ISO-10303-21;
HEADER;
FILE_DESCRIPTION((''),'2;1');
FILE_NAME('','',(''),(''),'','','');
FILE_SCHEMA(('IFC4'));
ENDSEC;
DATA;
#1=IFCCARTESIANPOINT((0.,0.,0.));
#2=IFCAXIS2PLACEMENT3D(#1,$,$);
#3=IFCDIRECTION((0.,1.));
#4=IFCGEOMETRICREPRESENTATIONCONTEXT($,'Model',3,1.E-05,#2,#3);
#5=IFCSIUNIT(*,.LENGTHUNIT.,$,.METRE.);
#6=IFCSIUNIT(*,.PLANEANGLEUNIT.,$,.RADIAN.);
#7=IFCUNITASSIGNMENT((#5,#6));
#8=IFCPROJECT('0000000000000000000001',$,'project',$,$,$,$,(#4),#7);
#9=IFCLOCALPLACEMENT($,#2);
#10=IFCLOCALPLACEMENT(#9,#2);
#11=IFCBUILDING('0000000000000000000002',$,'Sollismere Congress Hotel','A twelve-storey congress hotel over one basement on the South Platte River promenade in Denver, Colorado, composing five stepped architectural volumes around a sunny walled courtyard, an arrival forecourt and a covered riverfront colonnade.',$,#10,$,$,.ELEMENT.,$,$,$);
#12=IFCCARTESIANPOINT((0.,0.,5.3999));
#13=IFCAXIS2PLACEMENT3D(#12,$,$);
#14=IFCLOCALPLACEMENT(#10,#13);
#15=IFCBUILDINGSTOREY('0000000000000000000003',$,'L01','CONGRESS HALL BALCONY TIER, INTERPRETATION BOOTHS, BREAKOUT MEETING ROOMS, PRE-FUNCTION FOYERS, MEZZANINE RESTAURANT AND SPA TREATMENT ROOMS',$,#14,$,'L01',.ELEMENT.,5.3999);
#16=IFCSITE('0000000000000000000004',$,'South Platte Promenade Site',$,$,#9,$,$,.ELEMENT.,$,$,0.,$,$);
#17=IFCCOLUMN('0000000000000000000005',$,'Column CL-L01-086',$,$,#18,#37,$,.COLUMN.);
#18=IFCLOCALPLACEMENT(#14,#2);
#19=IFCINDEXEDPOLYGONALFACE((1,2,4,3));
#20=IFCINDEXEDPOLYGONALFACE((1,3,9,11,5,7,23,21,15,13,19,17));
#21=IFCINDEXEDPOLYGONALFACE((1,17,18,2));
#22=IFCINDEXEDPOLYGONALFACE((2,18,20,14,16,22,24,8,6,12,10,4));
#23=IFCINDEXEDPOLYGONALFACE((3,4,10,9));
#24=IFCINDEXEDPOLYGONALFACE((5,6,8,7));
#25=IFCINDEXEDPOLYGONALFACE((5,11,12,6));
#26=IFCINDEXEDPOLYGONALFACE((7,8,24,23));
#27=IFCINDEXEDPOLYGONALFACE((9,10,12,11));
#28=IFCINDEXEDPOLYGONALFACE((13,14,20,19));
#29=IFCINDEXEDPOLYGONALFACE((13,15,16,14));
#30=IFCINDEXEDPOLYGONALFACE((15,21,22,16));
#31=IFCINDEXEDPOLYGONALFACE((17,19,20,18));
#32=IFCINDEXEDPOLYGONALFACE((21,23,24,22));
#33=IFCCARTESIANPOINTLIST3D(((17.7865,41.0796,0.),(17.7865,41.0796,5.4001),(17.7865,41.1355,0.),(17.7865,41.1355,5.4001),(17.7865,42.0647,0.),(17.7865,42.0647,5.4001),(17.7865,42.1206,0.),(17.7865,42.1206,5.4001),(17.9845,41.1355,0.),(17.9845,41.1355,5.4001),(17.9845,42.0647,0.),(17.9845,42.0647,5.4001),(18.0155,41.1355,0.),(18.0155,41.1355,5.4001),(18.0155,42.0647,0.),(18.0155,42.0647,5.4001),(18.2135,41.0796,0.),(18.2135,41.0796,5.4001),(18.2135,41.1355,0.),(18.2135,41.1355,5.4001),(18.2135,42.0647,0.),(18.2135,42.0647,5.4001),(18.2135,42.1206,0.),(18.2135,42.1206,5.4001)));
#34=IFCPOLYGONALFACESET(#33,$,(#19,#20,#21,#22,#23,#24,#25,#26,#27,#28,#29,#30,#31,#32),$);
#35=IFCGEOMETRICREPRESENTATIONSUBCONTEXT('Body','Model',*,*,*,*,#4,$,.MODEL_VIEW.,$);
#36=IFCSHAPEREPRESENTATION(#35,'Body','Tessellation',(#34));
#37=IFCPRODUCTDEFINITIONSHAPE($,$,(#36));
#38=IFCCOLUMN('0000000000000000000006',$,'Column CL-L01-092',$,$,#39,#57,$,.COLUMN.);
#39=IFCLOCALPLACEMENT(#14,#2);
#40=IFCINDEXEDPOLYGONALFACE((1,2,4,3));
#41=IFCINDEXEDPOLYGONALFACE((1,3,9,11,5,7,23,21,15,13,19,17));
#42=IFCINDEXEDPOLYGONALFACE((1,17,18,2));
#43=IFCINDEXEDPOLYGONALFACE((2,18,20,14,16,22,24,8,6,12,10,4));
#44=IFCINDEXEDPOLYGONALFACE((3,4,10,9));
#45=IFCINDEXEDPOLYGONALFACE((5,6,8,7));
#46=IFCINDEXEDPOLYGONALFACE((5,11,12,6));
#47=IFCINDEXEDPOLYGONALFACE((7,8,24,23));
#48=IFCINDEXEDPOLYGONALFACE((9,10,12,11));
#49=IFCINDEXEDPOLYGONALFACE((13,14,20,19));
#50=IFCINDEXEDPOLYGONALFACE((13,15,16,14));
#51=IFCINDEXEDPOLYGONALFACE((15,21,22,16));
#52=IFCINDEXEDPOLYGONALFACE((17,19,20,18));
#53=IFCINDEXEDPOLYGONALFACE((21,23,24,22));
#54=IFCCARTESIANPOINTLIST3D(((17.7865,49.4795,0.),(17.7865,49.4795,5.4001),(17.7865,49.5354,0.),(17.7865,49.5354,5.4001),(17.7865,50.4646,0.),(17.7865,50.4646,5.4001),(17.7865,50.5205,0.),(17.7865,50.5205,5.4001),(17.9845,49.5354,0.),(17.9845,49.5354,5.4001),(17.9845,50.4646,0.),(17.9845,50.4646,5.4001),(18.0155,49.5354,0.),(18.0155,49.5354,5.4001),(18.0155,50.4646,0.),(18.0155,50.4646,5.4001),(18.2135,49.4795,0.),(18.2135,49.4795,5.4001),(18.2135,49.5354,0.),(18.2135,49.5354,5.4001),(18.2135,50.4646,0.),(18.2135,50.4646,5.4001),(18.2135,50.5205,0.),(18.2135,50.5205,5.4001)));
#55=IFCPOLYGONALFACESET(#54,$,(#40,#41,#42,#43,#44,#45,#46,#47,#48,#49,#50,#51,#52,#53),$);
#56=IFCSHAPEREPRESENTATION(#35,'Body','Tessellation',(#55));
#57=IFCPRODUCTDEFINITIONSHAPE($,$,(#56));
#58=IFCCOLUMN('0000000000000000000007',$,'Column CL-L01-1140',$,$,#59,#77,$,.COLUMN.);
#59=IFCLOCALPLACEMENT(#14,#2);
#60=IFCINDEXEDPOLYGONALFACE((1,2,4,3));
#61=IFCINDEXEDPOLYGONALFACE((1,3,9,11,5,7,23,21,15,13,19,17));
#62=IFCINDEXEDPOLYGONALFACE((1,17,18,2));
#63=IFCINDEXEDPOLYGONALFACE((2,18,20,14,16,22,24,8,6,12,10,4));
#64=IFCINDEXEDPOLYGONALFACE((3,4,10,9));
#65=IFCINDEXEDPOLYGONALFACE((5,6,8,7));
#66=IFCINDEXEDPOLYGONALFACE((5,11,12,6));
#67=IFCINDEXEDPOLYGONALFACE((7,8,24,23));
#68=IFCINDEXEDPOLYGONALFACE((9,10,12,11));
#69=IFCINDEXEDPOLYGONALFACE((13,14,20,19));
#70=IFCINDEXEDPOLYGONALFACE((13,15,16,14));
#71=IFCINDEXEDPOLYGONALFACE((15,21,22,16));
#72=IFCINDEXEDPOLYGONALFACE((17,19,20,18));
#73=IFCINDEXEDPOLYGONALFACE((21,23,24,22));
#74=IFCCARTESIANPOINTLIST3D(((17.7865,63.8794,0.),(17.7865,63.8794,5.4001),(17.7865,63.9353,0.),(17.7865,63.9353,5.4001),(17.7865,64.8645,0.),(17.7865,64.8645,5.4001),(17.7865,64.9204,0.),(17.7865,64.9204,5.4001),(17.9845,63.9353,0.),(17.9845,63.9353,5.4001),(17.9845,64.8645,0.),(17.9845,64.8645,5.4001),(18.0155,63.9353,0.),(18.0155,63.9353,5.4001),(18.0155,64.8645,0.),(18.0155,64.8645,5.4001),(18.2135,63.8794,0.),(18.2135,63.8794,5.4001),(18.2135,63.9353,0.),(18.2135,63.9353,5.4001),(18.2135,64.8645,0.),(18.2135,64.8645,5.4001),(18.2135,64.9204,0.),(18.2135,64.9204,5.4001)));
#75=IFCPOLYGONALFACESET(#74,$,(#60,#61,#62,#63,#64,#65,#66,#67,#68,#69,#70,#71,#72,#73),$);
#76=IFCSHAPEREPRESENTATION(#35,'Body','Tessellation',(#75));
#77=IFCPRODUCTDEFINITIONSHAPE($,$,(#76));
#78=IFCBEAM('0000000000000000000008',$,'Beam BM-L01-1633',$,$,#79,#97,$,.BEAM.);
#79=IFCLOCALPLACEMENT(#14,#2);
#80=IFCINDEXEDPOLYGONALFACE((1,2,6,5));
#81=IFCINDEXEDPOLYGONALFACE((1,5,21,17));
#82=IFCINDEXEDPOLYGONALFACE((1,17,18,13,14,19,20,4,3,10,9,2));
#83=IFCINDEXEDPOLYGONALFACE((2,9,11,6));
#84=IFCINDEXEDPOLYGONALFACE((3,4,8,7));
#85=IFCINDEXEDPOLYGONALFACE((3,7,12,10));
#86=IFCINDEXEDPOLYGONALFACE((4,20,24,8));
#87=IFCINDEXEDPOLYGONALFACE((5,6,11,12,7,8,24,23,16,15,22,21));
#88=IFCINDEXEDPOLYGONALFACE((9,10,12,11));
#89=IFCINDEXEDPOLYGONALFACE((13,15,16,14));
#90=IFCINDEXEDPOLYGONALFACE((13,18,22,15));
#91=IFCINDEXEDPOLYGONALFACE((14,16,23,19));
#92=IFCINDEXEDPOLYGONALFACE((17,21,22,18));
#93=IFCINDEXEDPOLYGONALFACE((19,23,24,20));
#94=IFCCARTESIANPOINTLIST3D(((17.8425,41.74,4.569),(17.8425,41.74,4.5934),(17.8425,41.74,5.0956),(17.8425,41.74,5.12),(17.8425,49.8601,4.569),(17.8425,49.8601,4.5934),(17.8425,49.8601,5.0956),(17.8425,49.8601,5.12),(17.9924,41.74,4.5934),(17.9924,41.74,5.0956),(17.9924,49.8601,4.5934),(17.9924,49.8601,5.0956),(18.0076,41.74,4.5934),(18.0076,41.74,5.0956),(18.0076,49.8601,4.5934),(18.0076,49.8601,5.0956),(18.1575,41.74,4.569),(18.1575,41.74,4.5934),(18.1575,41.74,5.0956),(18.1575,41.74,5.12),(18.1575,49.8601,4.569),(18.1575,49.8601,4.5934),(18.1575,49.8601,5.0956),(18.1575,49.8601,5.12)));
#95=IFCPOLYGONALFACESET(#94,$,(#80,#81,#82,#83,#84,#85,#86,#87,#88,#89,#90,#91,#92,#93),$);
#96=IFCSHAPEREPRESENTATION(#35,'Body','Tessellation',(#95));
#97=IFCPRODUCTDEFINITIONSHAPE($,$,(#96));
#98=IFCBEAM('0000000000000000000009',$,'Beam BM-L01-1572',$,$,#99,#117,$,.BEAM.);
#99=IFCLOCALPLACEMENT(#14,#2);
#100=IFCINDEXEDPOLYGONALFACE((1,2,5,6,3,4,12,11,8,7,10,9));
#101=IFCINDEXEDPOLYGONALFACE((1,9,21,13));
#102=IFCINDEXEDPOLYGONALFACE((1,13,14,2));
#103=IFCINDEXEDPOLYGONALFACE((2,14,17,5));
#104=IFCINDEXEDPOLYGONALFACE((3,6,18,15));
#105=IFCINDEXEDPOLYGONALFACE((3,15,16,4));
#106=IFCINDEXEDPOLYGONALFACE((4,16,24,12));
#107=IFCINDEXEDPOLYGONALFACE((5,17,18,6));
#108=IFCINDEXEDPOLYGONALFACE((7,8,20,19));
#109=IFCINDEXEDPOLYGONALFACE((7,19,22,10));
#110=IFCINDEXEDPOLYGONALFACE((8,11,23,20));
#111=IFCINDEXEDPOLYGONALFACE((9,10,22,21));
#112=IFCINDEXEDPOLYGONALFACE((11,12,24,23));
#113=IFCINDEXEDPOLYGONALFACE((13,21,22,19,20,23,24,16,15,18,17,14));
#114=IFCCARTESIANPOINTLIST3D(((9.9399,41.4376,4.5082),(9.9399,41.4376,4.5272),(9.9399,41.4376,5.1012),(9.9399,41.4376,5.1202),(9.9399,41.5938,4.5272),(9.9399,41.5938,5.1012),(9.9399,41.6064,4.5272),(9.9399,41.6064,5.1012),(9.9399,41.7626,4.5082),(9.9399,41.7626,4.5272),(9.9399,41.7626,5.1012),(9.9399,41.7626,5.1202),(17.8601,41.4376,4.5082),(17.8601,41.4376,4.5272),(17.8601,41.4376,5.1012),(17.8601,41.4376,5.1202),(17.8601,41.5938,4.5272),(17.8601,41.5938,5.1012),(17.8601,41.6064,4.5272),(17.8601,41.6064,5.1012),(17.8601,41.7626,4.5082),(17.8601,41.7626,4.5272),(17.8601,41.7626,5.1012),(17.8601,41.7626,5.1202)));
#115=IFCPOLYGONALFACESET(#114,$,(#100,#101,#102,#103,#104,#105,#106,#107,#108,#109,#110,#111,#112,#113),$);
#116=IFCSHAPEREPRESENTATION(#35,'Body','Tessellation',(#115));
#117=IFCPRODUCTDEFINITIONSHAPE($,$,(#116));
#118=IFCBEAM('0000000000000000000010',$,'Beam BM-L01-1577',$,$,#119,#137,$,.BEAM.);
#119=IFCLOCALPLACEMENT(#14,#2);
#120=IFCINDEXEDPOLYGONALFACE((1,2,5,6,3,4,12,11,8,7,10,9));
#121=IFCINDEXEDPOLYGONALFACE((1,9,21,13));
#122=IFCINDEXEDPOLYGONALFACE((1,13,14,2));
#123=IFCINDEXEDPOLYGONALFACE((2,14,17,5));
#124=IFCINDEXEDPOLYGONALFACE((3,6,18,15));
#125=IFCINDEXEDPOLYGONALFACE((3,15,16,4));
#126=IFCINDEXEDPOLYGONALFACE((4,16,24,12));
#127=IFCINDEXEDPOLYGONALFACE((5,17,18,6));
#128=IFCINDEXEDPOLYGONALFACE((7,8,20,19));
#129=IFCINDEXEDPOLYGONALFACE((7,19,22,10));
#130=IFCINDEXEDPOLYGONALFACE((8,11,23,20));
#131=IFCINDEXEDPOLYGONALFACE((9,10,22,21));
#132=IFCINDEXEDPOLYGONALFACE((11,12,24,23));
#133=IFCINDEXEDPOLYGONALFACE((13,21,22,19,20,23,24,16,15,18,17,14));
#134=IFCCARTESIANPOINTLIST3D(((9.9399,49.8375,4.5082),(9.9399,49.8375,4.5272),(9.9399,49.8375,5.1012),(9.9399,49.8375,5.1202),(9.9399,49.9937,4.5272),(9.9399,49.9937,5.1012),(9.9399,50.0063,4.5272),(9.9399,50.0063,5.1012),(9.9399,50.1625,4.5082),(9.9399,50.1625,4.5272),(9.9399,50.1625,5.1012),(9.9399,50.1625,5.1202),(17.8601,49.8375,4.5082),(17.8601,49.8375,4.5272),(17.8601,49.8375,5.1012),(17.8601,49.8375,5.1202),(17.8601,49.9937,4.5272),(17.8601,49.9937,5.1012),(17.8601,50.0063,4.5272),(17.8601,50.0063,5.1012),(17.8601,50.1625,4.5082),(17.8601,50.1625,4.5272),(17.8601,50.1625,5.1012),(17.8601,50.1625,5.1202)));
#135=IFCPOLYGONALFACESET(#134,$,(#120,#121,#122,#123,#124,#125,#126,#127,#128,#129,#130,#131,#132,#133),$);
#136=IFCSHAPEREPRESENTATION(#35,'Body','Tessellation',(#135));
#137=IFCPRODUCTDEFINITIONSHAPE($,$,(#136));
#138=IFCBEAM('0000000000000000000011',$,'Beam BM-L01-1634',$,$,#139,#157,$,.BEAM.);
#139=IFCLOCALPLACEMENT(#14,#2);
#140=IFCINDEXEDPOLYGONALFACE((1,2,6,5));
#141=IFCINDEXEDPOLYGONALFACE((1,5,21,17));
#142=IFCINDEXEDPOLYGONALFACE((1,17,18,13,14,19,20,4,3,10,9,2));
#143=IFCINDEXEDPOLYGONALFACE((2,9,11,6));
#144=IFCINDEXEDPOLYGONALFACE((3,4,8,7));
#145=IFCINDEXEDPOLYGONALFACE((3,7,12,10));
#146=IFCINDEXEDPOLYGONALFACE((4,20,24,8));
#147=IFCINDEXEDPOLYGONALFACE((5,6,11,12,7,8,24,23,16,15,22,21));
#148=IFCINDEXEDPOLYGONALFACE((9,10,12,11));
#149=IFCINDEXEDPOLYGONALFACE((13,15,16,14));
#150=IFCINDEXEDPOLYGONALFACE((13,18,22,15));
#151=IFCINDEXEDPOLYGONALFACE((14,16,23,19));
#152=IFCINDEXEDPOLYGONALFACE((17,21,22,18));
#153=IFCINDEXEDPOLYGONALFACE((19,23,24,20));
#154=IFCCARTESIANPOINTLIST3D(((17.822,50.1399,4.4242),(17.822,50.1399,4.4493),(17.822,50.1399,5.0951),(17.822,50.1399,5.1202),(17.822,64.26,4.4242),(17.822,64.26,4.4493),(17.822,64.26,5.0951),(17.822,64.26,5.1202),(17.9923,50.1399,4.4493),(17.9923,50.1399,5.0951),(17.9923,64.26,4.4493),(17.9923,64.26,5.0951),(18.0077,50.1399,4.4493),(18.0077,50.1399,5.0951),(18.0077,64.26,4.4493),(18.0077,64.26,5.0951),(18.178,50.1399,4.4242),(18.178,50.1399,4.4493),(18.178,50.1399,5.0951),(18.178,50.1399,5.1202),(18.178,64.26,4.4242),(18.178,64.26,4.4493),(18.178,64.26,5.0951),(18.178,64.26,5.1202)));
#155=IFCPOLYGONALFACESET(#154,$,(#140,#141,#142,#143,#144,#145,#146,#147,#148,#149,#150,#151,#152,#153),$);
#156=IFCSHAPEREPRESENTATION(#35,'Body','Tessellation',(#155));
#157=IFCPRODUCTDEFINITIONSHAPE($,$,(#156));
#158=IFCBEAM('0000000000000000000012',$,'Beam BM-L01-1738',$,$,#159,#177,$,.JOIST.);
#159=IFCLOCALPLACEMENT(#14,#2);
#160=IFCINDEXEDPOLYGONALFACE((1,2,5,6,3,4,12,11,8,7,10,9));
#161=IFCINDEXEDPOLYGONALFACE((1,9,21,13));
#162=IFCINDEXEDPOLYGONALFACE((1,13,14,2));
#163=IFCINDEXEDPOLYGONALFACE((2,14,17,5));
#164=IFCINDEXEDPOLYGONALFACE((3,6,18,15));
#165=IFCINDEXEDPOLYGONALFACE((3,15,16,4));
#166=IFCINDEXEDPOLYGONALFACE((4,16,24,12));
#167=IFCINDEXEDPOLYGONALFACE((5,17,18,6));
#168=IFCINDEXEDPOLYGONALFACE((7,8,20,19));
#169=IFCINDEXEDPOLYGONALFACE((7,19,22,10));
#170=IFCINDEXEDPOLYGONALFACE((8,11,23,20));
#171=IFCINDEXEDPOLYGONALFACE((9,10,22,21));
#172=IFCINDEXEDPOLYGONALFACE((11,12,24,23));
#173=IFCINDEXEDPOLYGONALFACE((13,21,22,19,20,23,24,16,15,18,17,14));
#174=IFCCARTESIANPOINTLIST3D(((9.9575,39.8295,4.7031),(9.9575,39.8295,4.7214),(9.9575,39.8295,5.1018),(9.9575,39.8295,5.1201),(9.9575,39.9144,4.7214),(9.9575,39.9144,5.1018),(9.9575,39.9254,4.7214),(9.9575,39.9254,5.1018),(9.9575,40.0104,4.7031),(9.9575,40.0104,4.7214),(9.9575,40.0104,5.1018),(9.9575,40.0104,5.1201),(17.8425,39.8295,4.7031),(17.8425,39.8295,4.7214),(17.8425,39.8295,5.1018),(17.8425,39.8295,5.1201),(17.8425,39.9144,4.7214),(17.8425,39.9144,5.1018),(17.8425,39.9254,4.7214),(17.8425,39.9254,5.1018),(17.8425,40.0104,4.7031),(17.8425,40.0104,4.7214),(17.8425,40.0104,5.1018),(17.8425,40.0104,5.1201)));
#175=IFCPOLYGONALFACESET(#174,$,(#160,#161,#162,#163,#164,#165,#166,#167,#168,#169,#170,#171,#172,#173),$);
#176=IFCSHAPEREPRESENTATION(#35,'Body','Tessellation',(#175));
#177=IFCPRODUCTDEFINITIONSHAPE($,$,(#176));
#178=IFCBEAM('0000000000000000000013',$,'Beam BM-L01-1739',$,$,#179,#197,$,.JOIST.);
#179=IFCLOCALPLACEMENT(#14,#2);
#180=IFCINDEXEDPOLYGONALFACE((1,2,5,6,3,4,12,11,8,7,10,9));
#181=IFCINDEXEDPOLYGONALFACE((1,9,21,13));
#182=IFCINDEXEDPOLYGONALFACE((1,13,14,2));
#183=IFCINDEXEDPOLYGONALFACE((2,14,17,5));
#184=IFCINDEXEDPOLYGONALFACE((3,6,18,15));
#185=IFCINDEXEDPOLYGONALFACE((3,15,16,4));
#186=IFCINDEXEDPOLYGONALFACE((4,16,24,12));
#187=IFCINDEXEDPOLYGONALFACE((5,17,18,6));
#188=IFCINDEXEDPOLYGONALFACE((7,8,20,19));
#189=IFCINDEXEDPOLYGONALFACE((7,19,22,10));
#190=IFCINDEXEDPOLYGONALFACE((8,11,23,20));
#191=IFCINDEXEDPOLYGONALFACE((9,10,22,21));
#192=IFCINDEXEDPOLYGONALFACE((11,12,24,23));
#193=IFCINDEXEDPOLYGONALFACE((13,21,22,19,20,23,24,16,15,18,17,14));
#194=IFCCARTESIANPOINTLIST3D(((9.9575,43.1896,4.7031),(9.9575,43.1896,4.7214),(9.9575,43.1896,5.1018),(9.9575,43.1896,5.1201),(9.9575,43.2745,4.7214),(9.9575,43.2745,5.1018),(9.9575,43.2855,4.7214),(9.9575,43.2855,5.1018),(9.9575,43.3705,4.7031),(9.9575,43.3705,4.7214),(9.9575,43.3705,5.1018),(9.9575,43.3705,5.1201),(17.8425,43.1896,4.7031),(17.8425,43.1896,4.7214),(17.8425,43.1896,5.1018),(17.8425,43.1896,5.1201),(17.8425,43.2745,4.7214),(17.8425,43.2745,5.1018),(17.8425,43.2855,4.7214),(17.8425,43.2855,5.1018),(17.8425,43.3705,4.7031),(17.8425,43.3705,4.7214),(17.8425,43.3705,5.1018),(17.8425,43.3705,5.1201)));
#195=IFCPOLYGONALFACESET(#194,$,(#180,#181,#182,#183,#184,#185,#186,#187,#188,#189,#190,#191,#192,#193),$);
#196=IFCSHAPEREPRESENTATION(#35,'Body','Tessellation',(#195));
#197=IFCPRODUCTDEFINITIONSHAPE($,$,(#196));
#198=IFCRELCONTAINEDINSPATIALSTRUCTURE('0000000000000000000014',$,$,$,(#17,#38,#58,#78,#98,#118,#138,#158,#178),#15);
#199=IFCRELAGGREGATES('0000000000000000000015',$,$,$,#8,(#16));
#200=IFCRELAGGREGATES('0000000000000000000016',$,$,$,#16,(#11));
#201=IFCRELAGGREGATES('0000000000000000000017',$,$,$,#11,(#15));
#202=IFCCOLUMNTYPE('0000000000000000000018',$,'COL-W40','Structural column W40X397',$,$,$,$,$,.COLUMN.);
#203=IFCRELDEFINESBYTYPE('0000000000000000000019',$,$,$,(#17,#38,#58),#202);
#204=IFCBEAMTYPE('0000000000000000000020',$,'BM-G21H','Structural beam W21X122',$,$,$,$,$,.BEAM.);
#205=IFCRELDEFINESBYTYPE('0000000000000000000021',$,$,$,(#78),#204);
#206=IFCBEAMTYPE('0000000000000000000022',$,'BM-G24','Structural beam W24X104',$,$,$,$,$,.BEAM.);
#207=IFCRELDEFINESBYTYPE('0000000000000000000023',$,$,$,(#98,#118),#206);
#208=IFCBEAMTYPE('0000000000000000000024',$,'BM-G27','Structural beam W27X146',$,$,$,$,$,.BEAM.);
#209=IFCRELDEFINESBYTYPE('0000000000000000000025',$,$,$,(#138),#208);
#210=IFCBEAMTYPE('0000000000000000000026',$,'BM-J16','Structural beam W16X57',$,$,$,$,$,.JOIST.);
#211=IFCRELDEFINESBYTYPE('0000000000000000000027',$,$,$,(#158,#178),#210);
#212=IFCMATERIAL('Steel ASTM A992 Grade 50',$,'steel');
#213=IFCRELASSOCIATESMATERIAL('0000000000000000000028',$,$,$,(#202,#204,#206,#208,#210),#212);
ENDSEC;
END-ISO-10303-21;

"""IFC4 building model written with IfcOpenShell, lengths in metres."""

from ifc_helpers import new_model, si_unit, direction, frame, origin, origin_2d, place, context, subcontext, project, spatial, i_section, extrude, material, material_profile, profile_set, type_object, element, save


model = new_model("IFC4")

# Units and contexts
model_context = context("Model", 3, precision=1e-05, world=origin(), true_north=direction((0.0, 1.0)))
body_context = subcontext(model_context, "Body", "Model", "MODEL_VIEW")
ifc_project = project(units=[si_unit("LENGTHUNIT", "METRE"), si_unit("PLANEANGLEUNIT", "RADIAN")], contexts=[model_context])

# Site, building, storey
site_placement = place(None, origin())
site = spatial("IfcSite", under=ifc_project, at=site_placement, Name="South Platte Promenade Site", CompositionType="ELEMENT", RefElevation=0.0)
building_placement = place(site_placement, origin())
building = spatial("IfcBuilding", under=site, at=building_placement, Name="Sollismere Congress Hotel", Description="A twelve-storey congress hotel over one basement on the South Platte River promenade in Denver, Colorado, composing five stepped architectural volumes around a sunny walled courtyard, an arrival forecourt and a covered riverfront colonnade.", CompositionType="ELEMENT")
storey_placement = place(building_placement, frame((0.0, 0.0, 5.3999)))
storey = spatial("IfcBuildingStorey", under=building, at=storey_placement, Name="L01", Description="CONGRESS HALL BALCONY TIER, INTERPRETATION BOOTHS, BREAKOUT MEETING ROOMS, PRE-FUNCTION FOYERS, MEZZANINE RESTAURANT AND SPA TREATMENT ROOMS", LongName="L01", CompositionType="ELEMENT", Elevation=5.3999)

# Columns
ifc_material_1 = material(Name="Steel ASTM A992 Grade 50", Category="steel")
ifc_material_profile_1 = material_profile(ifc_material_1, i_section(OverallWidth=0.427, OverallDepth=1.041, WebThickness=0.031, FlangeThickness=0.0559, at=origin_2d()), Name="W40X397")
ifc_profile_set_1 = profile_set([ifc_material_profile_1], Name="Steel ASTM A992 Grade 50")
column_type = type_object("IfcColumnType", Name="COL-W40", Description="Structural column W40X397", PredefinedType="COLUMN", material=ifc_profile_set_1)
for number, where, z_axis, x_axis, name in (
    (1, (18.0, 41.6001, 0.0), (0.0, 0.0, 1.0), (1.0, 0.0, 0.0), "Column CL-L01-086"),
    (2, (18.0, 50.0, 0.0), (0.0, 0.0, 1.0), (1.0, 0.0, 0.0), "Column CL-L01-092"),
    (3, (18.0, 64.3999, 0.0), (0.0, 0.0, 1.0), (1.0, 0.0, 0.0), "Column CL-L01-1140"),
):
    element("IfcColumn", number, at=place(storey_placement, frame(where, z_axis=z_axis, x_axis=x_axis)), inside=storey, type_object=column_type, Name=name, PredefinedType="COLUMN", context=body_context, shape_type="SweptSolid", body=[
        extrude(i_section(OverallWidth=0.427, OverallDepth=1.041, WebThickness=0.031, FlangeThickness=0.0559, at=origin_2d()), origin(), (0.0, 0.0, 1.0), 5.4001),
    ])

# Beams
ifc_material_profile_2 = material_profile(ifc_material_1, i_section(OverallWidth=0.3149, OverallDepth=0.551, WebThickness=0.0151, FlangeThickness=0.0244, at=origin_2d()), Name="W21X122")
ifc_profile_set_2 = profile_set([ifc_material_profile_2], Name="Steel ASTM A992 Grade 50")
beam_type_1 = type_object("IfcBeamType", Name="BM-G21H", Description="Structural beam W21X122", PredefinedType="BEAM", material=ifc_profile_set_2)
beam_1_placement = place(storey_placement, frame((18.0, 41.74, 4.8445), z_axis=(0.0, 1.0, 0.0), x_axis=(-1.0, 0.0, 0.0)))
element("IfcBeam", 4, at=beam_1_placement, inside=storey, type_object=beam_type_1, Name="Beam BM-L01-1633", PredefinedType="BEAM", context=body_context, shape_type="SweptSolid", body=[
    extrude(i_section(OverallWidth=0.3149, OverallDepth=0.551, WebThickness=0.0151, FlangeThickness=0.0244, at=origin_2d()), origin(), (0.0, 0.0, 1.0), 8.1201),
])
ifc_material_profile_3 = material_profile(ifc_material_1, i_section(OverallWidth=0.325, OverallDepth=0.6121, WebThickness=0.0127, FlangeThickness=0.019, at=origin_2d()), Name="W24X104")
ifc_profile_set_3 = profile_set([ifc_material_profile_3], Name="Steel ASTM A992 Grade 50")
beam_type_2 = type_object("IfcBeamType", Name="BM-G24", Description="Structural beam W24X104", PredefinedType="BEAM", material=ifc_profile_set_3)
for number, where, z_axis, x_axis, name in (
    (5, (9.9399, 41.6001, 4.8142), (1.0, 0.0, 0.0), (0.0, 1.0, 0.0), "Beam BM-L01-1572"),
    (6, (9.9399, 50.0, 4.8142), (1.0, 0.0, 0.0), (0.0, 1.0, 0.0), "Beam BM-L01-1577"),
):
    element("IfcBeam", number, at=place(storey_placement, frame(where, z_axis=z_axis, x_axis=x_axis)), inside=storey, type_object=beam_type_2, Name=name, PredefinedType="BEAM", context=body_context, shape_type="SweptSolid", body=[
        extrude(i_section(OverallWidth=0.325, OverallDepth=0.6121, WebThickness=0.0127, FlangeThickness=0.019, at=origin_2d()), origin(), (0.0, 0.0, 1.0), 7.9202),
    ])
ifc_material_profile_4 = material_profile(ifc_material_1, i_section(OverallWidth=0.356, OverallDepth=0.696, WebThickness=0.0154, FlangeThickness=0.0251, at=origin_2d()), Name="W27X146")
ifc_profile_set_4 = profile_set([ifc_material_profile_4], Name="Steel ASTM A992 Grade 50")
beam_type_3 = type_object("IfcBeamType", Name="BM-G27", Description="Structural beam W27X146", PredefinedType="BEAM", material=ifc_profile_set_4)
beam_2_placement = place(storey_placement, frame((18.0, 50.1399, 4.7722), z_axis=(0.0, 1.0, 0.0), x_axis=(-1.0, 0.0, 0.0)))
element("IfcBeam", 7, at=beam_2_placement, inside=storey, type_object=beam_type_3, Name="Beam BM-L01-1634", PredefinedType="BEAM", context=body_context, shape_type="SweptSolid", body=[
    extrude(i_section(OverallWidth=0.356, OverallDepth=0.696, WebThickness=0.0154, FlangeThickness=0.0251, at=origin_2d()), origin(), (0.0, 0.0, 1.0), 14.1201),
])
ifc_material_profile_5 = material_profile(ifc_material_1, i_section(OverallWidth=0.1809, OverallDepth=0.417, WebThickness=0.011, FlangeThickness=0.0183, at=origin_2d()), Name="W16X57")
ifc_profile_set_5 = profile_set([ifc_material_profile_5], Name="Steel ASTM A992 Grade 50")
beam_type_4 = type_object("IfcBeamType", Name="BM-J16", Description="Structural beam W16X57", PredefinedType="JOIST", material=ifc_profile_set_5)
for number, where, z_axis, x_axis, name in (
    (8, (9.9575, 39.9199, 4.9116), (1.0, 0.0, 0.0), (0.0, 1.0, 0.0), "Beam BM-L01-1738"),
    (9, (9.9575, 43.28, 4.9116), (1.0, 0.0, 0.0), (0.0, 1.0, 0.0), "Beam BM-L01-1739"),
):
    element("IfcBeam", number, at=place(storey_placement, frame(where, z_axis=z_axis, x_axis=x_axis)), inside=storey, type_object=beam_type_4, Name=name, PredefinedType="JOIST", context=body_context, shape_type="SweptSolid", body=[
        extrude(i_section(OverallWidth=0.1809, OverallDepth=0.417, WebThickness=0.011, FlangeThickness=0.0183, at=origin_2d()), origin(), (0.0, 0.0, 1.0), 7.885),
    ])

save(model, "model.ifc")
